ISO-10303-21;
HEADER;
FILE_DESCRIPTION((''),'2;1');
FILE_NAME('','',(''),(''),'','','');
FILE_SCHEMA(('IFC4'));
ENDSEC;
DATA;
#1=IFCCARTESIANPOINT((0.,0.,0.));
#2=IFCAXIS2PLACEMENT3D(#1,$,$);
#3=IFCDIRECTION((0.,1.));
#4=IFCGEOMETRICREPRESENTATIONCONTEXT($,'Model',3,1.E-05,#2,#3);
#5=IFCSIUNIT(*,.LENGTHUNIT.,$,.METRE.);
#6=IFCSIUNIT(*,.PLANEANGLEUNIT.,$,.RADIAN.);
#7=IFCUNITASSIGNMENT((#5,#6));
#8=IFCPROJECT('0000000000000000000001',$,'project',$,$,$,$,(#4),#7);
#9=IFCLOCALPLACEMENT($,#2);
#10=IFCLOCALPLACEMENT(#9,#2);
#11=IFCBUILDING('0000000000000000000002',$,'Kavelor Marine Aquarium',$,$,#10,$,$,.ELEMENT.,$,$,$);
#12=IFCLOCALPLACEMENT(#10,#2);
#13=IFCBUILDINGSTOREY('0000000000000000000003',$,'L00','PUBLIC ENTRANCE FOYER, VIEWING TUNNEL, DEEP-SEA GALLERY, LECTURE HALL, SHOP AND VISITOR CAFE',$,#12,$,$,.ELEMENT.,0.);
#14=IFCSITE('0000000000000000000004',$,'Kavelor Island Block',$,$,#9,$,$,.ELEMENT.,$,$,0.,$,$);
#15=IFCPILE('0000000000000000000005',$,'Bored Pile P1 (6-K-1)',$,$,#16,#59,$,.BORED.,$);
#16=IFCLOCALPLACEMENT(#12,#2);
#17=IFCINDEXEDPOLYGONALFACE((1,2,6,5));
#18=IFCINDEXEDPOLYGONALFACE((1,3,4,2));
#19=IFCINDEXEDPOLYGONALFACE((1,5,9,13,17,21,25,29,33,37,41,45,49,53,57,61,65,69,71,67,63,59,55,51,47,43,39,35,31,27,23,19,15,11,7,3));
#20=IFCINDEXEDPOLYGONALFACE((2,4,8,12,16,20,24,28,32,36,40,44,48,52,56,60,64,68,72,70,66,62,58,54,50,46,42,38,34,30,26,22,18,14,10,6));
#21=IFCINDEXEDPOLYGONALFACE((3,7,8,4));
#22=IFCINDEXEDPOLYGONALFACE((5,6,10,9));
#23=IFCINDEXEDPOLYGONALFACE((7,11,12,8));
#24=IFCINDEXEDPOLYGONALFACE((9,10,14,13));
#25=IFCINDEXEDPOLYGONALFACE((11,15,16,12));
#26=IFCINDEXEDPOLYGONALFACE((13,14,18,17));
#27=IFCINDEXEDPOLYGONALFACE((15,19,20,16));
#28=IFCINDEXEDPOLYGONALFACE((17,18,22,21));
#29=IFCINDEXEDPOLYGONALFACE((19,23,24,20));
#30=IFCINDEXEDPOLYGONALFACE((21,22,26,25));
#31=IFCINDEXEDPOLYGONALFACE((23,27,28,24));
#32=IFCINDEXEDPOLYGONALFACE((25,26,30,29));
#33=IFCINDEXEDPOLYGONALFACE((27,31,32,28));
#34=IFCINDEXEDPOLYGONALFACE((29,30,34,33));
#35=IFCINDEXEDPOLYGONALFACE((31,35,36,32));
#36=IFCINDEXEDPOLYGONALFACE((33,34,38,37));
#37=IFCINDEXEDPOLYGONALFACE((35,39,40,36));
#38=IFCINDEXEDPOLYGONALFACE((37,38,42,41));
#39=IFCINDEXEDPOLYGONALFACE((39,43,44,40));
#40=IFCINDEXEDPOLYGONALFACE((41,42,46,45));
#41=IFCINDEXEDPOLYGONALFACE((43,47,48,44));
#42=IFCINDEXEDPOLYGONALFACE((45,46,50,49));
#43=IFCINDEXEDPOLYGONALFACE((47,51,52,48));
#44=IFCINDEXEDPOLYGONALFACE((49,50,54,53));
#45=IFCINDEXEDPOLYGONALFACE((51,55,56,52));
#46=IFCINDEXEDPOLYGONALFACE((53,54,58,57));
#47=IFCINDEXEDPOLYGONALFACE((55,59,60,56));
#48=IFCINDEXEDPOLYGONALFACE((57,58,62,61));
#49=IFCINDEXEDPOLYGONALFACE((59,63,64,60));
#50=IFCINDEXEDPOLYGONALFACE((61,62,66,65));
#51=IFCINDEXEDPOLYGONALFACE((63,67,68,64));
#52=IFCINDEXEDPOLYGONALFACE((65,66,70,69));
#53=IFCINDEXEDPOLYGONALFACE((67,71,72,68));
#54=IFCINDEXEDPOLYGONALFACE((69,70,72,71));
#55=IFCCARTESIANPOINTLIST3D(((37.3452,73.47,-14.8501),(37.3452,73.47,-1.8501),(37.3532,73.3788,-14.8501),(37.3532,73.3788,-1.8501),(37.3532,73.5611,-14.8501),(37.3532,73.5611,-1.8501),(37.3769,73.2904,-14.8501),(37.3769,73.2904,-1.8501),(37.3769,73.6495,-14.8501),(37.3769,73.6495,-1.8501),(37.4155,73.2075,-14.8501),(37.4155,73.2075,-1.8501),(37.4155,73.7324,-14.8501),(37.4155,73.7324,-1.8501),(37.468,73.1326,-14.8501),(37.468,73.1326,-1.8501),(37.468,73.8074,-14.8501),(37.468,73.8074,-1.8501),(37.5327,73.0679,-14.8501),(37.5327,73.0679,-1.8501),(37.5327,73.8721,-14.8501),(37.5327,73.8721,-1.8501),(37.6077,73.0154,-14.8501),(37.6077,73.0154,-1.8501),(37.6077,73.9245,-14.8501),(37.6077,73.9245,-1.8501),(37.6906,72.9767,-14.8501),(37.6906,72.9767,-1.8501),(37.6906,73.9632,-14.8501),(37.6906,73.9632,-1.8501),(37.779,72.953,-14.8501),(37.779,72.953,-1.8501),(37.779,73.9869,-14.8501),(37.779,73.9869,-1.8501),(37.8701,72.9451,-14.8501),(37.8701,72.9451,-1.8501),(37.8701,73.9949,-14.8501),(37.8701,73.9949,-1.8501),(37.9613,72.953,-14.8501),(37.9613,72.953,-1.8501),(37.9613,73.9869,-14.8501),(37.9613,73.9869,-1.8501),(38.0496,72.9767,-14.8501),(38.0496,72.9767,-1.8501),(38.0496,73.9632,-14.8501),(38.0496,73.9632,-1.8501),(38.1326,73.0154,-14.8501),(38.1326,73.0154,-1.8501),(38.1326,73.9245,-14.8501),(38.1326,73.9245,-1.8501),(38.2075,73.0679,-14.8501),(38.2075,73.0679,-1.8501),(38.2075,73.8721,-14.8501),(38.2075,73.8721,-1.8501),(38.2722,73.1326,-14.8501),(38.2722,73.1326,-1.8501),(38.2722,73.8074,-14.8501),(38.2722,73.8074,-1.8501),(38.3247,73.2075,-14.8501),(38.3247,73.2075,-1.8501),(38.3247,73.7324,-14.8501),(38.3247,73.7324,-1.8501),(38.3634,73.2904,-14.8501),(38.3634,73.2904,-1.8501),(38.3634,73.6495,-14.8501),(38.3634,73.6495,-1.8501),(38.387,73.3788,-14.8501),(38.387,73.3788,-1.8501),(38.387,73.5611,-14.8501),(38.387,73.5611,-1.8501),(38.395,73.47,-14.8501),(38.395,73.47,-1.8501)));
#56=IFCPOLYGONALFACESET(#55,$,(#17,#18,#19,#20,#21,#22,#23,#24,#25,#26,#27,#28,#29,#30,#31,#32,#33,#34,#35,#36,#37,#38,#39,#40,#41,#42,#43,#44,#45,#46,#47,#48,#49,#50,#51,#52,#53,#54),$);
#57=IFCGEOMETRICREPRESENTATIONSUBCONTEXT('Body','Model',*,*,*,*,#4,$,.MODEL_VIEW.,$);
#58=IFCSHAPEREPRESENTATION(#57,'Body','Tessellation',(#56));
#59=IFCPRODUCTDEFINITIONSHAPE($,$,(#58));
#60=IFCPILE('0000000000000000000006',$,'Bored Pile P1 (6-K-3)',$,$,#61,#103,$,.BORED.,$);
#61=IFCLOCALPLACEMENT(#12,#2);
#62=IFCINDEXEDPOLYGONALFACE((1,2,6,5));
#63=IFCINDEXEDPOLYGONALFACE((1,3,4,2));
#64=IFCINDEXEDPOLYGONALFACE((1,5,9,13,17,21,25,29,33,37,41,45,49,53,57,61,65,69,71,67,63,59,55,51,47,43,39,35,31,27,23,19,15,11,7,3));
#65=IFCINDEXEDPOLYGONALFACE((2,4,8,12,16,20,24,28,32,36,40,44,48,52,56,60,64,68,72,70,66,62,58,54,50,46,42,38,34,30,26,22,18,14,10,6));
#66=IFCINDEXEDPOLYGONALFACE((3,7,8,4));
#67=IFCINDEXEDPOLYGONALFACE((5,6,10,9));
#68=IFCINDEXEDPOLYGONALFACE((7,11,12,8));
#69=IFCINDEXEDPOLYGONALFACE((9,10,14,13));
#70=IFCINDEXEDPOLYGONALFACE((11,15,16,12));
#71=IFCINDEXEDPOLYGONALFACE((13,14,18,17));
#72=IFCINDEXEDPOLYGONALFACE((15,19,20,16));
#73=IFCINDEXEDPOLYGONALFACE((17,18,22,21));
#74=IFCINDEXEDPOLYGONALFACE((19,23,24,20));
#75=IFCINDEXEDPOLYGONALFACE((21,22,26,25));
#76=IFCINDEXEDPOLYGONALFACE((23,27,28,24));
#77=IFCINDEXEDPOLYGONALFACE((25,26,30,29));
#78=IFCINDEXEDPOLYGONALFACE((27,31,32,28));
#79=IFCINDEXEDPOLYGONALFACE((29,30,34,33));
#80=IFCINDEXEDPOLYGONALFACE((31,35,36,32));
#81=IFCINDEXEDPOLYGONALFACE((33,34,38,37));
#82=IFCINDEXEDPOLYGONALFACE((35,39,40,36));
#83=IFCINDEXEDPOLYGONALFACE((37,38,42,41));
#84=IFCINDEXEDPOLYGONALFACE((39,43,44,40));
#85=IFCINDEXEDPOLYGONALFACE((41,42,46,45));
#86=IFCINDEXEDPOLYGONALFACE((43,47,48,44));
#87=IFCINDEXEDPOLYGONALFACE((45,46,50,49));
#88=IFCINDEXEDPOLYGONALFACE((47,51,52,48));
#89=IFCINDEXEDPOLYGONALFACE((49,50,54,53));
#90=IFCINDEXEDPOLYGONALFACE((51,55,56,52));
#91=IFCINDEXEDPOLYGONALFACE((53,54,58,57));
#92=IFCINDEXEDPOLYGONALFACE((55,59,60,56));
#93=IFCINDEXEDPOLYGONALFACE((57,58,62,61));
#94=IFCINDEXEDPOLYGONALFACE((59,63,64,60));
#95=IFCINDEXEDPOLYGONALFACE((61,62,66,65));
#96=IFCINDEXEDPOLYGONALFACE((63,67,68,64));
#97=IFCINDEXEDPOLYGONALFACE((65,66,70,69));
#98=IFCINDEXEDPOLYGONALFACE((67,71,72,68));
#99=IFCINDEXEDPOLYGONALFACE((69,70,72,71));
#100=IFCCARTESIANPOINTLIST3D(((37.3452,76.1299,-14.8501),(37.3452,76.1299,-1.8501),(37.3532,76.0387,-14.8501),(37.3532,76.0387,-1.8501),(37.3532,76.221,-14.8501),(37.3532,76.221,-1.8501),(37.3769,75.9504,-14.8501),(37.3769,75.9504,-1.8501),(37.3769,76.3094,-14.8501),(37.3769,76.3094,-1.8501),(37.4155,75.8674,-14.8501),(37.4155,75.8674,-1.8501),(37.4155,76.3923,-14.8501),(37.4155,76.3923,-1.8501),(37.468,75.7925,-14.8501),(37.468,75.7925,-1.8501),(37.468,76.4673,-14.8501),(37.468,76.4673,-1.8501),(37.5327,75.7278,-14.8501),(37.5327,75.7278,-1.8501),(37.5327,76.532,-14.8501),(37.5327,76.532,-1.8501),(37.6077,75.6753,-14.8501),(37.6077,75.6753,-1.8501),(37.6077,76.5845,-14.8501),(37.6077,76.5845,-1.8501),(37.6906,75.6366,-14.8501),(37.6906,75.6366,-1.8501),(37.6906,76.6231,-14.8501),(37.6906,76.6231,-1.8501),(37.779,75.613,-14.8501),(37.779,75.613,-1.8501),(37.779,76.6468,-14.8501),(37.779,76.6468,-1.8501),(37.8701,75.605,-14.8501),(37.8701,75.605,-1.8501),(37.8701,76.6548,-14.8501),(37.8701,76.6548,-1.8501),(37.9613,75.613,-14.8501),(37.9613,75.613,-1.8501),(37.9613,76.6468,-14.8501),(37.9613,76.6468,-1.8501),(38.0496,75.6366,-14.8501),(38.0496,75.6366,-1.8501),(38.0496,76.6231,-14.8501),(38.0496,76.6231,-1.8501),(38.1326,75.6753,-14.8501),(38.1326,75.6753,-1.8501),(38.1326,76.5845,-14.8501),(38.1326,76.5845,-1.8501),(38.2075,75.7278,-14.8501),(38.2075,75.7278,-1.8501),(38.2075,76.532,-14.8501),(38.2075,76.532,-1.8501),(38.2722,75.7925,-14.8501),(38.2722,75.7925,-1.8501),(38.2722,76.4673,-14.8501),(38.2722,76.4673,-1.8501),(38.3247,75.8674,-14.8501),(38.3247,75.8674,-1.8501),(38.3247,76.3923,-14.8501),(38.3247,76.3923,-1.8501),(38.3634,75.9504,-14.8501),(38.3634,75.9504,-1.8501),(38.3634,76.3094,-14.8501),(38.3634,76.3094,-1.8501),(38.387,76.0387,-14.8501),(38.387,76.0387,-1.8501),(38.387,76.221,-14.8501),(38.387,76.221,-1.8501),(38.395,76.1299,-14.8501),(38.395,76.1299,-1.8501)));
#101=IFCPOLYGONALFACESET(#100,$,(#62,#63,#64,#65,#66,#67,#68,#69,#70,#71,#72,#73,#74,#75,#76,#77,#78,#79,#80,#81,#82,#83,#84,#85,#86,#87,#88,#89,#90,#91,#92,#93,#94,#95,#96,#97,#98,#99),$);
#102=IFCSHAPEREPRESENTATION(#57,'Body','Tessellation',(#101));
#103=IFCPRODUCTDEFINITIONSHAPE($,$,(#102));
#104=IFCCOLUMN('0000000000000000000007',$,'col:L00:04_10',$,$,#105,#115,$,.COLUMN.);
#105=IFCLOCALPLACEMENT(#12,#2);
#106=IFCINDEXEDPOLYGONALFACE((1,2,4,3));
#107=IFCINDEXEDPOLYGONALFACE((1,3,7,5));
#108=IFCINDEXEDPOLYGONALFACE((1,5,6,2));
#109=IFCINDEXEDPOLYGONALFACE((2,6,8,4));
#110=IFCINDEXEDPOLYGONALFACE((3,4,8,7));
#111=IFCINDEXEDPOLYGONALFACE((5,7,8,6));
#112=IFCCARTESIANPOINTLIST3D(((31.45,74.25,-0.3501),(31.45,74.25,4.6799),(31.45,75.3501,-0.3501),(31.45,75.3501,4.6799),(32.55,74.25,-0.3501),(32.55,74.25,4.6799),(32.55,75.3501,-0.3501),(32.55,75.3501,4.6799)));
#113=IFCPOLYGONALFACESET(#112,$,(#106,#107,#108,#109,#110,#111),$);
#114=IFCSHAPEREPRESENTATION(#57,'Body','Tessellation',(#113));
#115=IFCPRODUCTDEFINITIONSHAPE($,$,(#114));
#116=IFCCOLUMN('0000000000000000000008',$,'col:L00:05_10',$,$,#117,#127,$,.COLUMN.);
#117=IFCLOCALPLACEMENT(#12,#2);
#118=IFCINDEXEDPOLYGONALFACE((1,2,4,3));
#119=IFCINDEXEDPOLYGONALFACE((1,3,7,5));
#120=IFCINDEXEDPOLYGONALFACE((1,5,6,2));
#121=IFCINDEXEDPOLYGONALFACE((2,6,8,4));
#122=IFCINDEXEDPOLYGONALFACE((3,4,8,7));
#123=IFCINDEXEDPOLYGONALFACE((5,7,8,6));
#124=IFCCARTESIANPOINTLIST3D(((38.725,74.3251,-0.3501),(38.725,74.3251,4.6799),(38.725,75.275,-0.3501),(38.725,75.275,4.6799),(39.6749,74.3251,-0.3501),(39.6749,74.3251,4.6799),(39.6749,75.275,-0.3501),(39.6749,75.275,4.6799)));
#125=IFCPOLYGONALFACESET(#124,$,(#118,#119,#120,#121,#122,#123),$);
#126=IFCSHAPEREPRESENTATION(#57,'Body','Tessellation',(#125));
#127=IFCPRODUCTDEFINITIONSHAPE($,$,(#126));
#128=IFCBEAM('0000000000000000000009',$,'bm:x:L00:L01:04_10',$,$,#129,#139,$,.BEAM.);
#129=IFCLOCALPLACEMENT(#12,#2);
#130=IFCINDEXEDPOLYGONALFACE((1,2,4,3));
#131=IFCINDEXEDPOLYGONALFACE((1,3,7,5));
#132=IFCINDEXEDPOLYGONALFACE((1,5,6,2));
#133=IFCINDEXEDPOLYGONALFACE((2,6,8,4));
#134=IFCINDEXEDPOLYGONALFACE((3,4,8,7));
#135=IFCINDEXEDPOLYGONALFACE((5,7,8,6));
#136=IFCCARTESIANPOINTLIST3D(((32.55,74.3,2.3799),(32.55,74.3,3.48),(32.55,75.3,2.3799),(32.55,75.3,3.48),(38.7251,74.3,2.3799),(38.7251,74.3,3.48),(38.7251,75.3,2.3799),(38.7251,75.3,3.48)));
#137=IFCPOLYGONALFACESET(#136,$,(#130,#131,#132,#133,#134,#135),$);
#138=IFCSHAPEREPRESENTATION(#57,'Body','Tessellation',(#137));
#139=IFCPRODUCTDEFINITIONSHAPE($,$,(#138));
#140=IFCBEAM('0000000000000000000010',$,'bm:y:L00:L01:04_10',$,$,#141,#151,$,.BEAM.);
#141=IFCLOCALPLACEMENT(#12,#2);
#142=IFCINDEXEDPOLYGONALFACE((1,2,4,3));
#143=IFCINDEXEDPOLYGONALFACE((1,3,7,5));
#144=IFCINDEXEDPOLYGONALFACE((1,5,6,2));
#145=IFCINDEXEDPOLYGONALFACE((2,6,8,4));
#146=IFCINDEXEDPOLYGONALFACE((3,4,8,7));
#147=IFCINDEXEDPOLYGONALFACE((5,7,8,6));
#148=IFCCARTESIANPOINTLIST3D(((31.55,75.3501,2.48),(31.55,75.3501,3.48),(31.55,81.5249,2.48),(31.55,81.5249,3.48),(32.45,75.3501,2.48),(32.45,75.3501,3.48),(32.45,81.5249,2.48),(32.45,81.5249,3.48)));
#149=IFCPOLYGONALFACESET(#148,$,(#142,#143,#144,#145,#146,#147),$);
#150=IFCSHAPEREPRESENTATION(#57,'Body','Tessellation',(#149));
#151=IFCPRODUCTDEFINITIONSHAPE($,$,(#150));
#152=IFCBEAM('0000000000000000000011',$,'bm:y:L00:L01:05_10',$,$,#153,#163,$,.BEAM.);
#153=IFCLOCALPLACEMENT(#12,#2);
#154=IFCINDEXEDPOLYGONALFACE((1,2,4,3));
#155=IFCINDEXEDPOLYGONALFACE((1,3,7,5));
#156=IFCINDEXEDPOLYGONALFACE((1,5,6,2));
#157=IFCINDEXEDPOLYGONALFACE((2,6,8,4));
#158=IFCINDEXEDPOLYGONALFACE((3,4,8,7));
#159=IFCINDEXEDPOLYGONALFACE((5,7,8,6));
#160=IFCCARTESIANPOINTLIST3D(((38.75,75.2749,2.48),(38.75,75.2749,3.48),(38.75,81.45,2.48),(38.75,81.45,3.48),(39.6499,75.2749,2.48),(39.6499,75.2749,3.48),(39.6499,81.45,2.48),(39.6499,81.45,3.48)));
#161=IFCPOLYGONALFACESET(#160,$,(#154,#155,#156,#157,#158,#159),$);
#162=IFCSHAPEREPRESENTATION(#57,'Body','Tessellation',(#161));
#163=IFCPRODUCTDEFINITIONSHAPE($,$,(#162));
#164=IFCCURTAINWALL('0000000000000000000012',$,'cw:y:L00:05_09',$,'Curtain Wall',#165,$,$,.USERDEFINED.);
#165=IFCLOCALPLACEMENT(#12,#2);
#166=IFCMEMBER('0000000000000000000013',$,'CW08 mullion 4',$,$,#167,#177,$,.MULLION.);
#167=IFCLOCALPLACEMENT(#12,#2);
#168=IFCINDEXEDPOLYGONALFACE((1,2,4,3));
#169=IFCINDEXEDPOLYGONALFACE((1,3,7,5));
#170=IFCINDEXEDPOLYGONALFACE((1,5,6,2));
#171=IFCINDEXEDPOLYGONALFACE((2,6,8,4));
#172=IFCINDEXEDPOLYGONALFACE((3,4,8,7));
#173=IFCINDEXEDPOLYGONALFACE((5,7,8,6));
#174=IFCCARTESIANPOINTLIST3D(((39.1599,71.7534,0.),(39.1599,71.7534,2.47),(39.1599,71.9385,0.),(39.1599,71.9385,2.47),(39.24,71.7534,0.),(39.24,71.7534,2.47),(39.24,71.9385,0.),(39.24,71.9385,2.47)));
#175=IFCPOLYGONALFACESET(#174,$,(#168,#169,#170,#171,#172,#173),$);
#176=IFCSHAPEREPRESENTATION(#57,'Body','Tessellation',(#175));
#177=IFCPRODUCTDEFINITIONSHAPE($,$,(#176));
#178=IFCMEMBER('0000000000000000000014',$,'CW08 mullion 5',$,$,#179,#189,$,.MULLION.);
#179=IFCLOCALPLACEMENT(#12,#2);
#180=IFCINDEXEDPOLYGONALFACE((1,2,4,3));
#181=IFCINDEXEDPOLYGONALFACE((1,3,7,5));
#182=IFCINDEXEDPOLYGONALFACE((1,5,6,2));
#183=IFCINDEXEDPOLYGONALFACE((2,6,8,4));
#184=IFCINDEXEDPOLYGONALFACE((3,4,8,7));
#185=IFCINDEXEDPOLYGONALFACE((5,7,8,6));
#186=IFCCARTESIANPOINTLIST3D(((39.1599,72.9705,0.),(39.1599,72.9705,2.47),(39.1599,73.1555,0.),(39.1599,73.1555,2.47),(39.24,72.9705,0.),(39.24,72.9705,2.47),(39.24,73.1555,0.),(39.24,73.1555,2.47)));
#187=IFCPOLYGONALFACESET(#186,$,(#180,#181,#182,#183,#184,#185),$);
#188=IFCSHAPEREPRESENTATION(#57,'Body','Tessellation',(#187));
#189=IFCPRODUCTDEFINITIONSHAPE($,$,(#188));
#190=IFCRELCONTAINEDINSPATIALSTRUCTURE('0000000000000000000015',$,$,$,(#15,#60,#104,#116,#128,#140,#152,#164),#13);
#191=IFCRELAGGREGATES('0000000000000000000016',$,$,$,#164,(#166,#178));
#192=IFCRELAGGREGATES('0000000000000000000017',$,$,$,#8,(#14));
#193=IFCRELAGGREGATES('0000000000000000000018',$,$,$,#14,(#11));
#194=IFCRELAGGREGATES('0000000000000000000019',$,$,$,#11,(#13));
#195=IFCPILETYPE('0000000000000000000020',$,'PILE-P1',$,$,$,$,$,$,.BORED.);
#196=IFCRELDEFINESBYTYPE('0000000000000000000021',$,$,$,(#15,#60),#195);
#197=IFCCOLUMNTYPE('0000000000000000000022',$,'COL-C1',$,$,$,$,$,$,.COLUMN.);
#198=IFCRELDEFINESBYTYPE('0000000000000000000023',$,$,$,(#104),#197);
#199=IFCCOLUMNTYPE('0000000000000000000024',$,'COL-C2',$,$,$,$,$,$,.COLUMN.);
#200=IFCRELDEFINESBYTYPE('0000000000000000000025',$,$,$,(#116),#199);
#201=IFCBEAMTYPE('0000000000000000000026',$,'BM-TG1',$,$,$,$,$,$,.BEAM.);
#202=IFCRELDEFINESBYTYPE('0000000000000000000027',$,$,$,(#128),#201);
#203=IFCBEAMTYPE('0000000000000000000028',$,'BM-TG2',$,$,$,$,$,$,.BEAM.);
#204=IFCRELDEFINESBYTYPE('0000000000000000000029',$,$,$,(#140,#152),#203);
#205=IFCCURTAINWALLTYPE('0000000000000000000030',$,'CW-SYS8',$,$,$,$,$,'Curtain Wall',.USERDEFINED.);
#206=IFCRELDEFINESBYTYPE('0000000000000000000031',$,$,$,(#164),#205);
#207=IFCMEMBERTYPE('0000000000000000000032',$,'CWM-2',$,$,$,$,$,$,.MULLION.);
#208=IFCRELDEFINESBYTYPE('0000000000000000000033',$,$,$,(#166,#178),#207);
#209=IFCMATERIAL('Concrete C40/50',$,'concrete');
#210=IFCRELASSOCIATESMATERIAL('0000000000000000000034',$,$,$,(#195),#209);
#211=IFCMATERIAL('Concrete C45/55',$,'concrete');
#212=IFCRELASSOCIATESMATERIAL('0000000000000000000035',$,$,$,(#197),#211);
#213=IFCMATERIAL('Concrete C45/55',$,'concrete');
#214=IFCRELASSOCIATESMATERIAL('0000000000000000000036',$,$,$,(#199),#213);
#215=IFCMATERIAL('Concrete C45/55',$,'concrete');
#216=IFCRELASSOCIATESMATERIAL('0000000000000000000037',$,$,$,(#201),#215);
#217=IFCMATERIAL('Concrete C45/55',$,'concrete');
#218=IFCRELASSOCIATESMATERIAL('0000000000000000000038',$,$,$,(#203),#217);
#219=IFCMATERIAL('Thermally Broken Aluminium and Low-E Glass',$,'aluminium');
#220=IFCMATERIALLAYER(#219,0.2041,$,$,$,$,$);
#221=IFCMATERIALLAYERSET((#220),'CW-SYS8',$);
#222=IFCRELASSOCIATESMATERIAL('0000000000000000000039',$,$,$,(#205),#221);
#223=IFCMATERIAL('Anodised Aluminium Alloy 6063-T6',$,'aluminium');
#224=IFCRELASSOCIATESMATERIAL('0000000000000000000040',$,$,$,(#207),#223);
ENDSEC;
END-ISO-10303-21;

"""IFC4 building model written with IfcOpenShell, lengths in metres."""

from ifc_helpers import new_model, si_unit, direction, frame, origin, origin_2d, place, context, subcontext, project, spatial, rectangle, circle, extrude, material, layer, layer_set, material_profile, profile_set, type_object, element, aggregate, save


model = new_model("IFC4")

# Units and contexts
model_context = context("Model", 3, precision=1e-05, world=origin(), true_north=direction((0.0, 1.0)))
body_context = subcontext(model_context, "Body", "Model", "MODEL_VIEW")
ifc_project = project(units=[si_unit("LENGTHUNIT", "METRE"), si_unit("PLANEANGLEUNIT", "RADIAN")], contexts=[model_context])

# Site, building, storey
site_placement = place(None, origin())
site = spatial("IfcSite", under=ifc_project, at=site_placement, Name="Kavelor Island Block", CompositionType="ELEMENT", RefElevation=0.0)
building_placement = place(site_placement, origin())
building = spatial("IfcBuilding", under=site, at=building_placement, Name="Kavelor Marine Aquarium", CompositionType="ELEMENT")
storey_placement = place(building_placement, origin())
storey = spatial("IfcBuildingStorey", under=building, at=storey_placement, Name="L00", Description="PUBLIC ENTRANCE FOYER, VIEWING TUNNEL, DEEP-SEA GALLERY, LECTURE HALL, SHOP AND VISITOR CAFE", CompositionType="ELEMENT", Elevation=0.0)

# Piles
ifc_material_1 = material(Name="Concrete C40/50", Category="concrete")
ifc_material_profile_1 = material_profile(ifc_material_1, circle(Radius=0.5249, at=origin_2d()), Name="PILE D1050")
ifc_profile_set_1 = profile_set([ifc_material_profile_1], Name="Concrete C40/50")
pile_type = type_object("IfcPileType", Name="PILE-P1", PredefinedType="BORED", material=ifc_profile_set_1)
for number, where, z_axis, x_axis, name in (
    (1, (37.8701, 73.47, -1.8501), (0.0, 0.0, -1.0), (1.0, 0.0, 0.0), "Bored Pile P1 (6-K-1)"),
    (2, (37.8701, 76.1299, -1.8501), (0.0, 0.0, -1.0), (1.0, 0.0, 0.0), "Bored Pile P1 (6-K-3)"),
):
    element("IfcPile", number, at=place(storey_placement, frame(where, z_axis=z_axis, x_axis=x_axis)), inside=storey, type_object=pile_type, Name=name, PredefinedType="BORED", context=body_context, shape_type="SweptSolid", body=[
        extrude(circle(Radius=0.5249, at=origin_2d()), origin(), (0.0, 0.0, 1.0), 13.0),
    ])

# Columns
ifc_material_2 = material(Name="Concrete C45/55", Category="concrete")
ifc_material_profile_2 = material_profile(ifc_material_2, rectangle(XDim=1.1001, YDim=1.1001, at=origin_2d()), Name="RC-COL 1100x1100")
ifc_profile_set_2 = profile_set([ifc_material_profile_2], Name="Concrete C45/55")
column_type_1 = type_object("IfcColumnType", Name="COL-C1", PredefinedType="COLUMN", material=ifc_profile_set_2)
column_1_placement = place(storey_placement, frame((32.0, 74.8, -0.3501), z_axis=(0.0, 0.0, 1.0), x_axis=(1.0, 0.0, 0.0)))
element("IfcColumn", 3, at=column_1_placement, inside=storey, type_object=column_type_1, Name="col:L00:04_10", PredefinedType="COLUMN", context=body_context, shape_type="SweptSolid", body=[
    extrude(rectangle(XDim=1.1001, YDim=1.1001, at=origin_2d()), origin(), (0.0, 0.0, 1.0), 5.03),
])
ifc_material_3 = material(Name="Concrete C45/55", Category="concrete")
ifc_material_profile_3 = material_profile(ifc_material_3, rectangle(XDim=0.95, YDim=0.95, at=origin_2d()), Name="RC-COL 950x950")
ifc_profile_set_3 = profile_set([ifc_material_profile_3], Name="Concrete C45/55")
column_type_2 = type_object("IfcColumnType", Name="COL-C2", PredefinedType="COLUMN", material=ifc_profile_set_3)
column_2_placement = place(storey_placement, frame((39.2, 74.8, -0.3501), z_axis=(0.0, 0.0, 1.0), x_axis=(1.0, 0.0, 0.0)))
element("IfcColumn", 4, at=column_2_placement, inside=storey, type_object=column_type_2, Name="col:L00:05_10", PredefinedType="COLUMN", context=body_context, shape_type="SweptSolid", body=[
    extrude(rectangle(XDim=0.95, YDim=0.95, at=origin_2d()), origin(), (0.0, 0.0, 1.0), 5.03),
])

# Beams
ifc_material_4 = material(Name="Concrete C45/55", Category="concrete")
ifc_material_profile_4 = material_profile(ifc_material_4, rectangle(XDim=1.0, YDim=1.1001, at=origin_2d()), Name="RC-TG 1000x1100")
ifc_profile_set_4 = profile_set([ifc_material_profile_4], Name="Concrete C45/55")
beam_type_1 = type_object("IfcBeamType", Name="BM-TG1", PredefinedType="BEAM", material=ifc_profile_set_4)
beam_1_placement = place(storey_placement, frame((32.55, 74.8, 2.9299), z_axis=(1.0, 0.0, 0.0), x_axis=(0.0, 1.0, 0.0)))
element("IfcBeam", 5, at=beam_1_placement, inside=storey, type_object=beam_type_1, Name="bm:x:L00:L01:04_10", PredefinedType="BEAM", context=body_context, shape_type="SweptSolid", body=[
    extrude(rectangle(XDim=1.0, YDim=1.1001, at=origin_2d()), origin(), (0.0, 0.0, 1.0), 6.175),
])
ifc_material_5 = material(Name="Concrete C45/55", Category="concrete")
ifc_material_profile_5 = material_profile(ifc_material_5, rectangle(XDim=0.8999, YDim=1.0, at=origin_2d()), Name="RC-TG 900x1000")
ifc_profile_set_5 = profile_set([ifc_material_profile_5], Name="Concrete C45/55")
beam_type_2 = type_object("IfcBeamType", Name="BM-TG2", PredefinedType="BEAM", material=ifc_profile_set_5)
beam_2_placement = place(storey_placement, frame((32.0, 75.3501, 2.98), z_axis=(0.0, 1.0, 0.0), x_axis=(-1.0, 0.0, 0.0)))
element("IfcBeam", 6, at=beam_2_placement, inside=storey, type_object=beam_type_2, Name="bm:y:L00:L01:04_10", PredefinedType="BEAM", context=body_context, shape_type="SweptSolid", body=[
    extrude(rectangle(XDim=0.8999, YDim=1.0, at=origin_2d()), origin(), (0.0, 0.0, 1.0), 6.1748),
])
beam_3_placement = place(storey_placement, frame((39.2, 75.2749, 2.98), z_axis=(0.0, 1.0, 0.0), x_axis=(-1.0, 0.0, 0.0)))
element("IfcBeam", 7, at=beam_3_placement, inside=storey, type_object=beam_type_2, Name="bm:y:L00:L01:05_10", PredefinedType="BEAM", context=body_context, shape_type="SweptSolid", body=[
    extrude(rectangle(XDim=0.8999, YDim=1.0, at=origin_2d()), origin(), (0.0, 0.0, 1.0), 6.175),
])

# Curtain wall, members
ifc_material_6 = material(Name="Thermally Broken Aluminium and Low-E Glass", Category="aluminium")
ifc_layer_1 = layer(ifc_material_6, 0.2041)
ifc_layer_set_1 = layer_set([ifc_layer_1], Name="CW-SYS8")
curtain_wall_type_1 = type_object("IfcCurtainWallType", Name="CW-SYS8", ElementType="Curtain Wall", PredefinedType="USERDEFINED", material=ifc_layer_set_1)
curtain_wall_1_placement = place(storey_placement, origin())
curtain_wall_1 = element("IfcCurtainWall", 8, at=curtain_wall_1_placement, inside=storey, type_object=curtain_wall_type_1, Name="cw:y:L00:05_09", ObjectType="Curtain Wall", PredefinedType="USERDEFINED")
ifc_material_7 = material(Name="Anodised Aluminium Alloy 6063-T6", Category="aluminium")
ifc_material_profile_6 = material_profile(ifc_material_7, rectangle(XDim=0.0801, YDim=0.1851, at=origin_2d()), Name="CW-MUL 80x185")
ifc_profile_set_6 = profile_set([ifc_material_profile_6], Name="Anodised Aluminium Alloy 6063-T6")
member_type_1 = type_object("IfcMemberType", Name="CWM-2", PredefinedType="MULLION", material=ifc_profile_set_6)
member_1_placement = place(storey_placement, frame((39.2, 71.8459, 0.0), z_axis=(0.0, 0.0, 1.0), x_axis=(-1.0, 0.0, 0.0)))
member_1 = element("IfcMember", 9, at=member_1_placement, type_object=member_type_1, Name="CW08 mullion 4", PredefinedType="MULLION", context=body_context, shape_type="SweptSolid", body=[
    extrude(rectangle(XDim=0.0801, YDim=0.1851, at=origin_2d()), origin(), (0.0, 0.0, 1.0), 2.47),
])
member_2_placement = place(storey_placement, frame((39.2, 73.063, 0.0), z_axis=(0.0, 0.0, 1.0), x_axis=(-1.0, 0.0, 0.0)))
member_2 = element("IfcMember", 10, at=member_2_placement, type_object=member_type_1, Name="CW08 mullion 5", PredefinedType="MULLION", context=body_context, shape_type="SweptSolid", body=[
    extrude(rectangle(XDim=0.0801, YDim=0.1851, at=origin_2d()), origin(), (0.0, 0.0, 1.0), 2.47),
])

aggregate(curtain_wall_1, [member_1, member_2])

save(model, "model.ifc")
